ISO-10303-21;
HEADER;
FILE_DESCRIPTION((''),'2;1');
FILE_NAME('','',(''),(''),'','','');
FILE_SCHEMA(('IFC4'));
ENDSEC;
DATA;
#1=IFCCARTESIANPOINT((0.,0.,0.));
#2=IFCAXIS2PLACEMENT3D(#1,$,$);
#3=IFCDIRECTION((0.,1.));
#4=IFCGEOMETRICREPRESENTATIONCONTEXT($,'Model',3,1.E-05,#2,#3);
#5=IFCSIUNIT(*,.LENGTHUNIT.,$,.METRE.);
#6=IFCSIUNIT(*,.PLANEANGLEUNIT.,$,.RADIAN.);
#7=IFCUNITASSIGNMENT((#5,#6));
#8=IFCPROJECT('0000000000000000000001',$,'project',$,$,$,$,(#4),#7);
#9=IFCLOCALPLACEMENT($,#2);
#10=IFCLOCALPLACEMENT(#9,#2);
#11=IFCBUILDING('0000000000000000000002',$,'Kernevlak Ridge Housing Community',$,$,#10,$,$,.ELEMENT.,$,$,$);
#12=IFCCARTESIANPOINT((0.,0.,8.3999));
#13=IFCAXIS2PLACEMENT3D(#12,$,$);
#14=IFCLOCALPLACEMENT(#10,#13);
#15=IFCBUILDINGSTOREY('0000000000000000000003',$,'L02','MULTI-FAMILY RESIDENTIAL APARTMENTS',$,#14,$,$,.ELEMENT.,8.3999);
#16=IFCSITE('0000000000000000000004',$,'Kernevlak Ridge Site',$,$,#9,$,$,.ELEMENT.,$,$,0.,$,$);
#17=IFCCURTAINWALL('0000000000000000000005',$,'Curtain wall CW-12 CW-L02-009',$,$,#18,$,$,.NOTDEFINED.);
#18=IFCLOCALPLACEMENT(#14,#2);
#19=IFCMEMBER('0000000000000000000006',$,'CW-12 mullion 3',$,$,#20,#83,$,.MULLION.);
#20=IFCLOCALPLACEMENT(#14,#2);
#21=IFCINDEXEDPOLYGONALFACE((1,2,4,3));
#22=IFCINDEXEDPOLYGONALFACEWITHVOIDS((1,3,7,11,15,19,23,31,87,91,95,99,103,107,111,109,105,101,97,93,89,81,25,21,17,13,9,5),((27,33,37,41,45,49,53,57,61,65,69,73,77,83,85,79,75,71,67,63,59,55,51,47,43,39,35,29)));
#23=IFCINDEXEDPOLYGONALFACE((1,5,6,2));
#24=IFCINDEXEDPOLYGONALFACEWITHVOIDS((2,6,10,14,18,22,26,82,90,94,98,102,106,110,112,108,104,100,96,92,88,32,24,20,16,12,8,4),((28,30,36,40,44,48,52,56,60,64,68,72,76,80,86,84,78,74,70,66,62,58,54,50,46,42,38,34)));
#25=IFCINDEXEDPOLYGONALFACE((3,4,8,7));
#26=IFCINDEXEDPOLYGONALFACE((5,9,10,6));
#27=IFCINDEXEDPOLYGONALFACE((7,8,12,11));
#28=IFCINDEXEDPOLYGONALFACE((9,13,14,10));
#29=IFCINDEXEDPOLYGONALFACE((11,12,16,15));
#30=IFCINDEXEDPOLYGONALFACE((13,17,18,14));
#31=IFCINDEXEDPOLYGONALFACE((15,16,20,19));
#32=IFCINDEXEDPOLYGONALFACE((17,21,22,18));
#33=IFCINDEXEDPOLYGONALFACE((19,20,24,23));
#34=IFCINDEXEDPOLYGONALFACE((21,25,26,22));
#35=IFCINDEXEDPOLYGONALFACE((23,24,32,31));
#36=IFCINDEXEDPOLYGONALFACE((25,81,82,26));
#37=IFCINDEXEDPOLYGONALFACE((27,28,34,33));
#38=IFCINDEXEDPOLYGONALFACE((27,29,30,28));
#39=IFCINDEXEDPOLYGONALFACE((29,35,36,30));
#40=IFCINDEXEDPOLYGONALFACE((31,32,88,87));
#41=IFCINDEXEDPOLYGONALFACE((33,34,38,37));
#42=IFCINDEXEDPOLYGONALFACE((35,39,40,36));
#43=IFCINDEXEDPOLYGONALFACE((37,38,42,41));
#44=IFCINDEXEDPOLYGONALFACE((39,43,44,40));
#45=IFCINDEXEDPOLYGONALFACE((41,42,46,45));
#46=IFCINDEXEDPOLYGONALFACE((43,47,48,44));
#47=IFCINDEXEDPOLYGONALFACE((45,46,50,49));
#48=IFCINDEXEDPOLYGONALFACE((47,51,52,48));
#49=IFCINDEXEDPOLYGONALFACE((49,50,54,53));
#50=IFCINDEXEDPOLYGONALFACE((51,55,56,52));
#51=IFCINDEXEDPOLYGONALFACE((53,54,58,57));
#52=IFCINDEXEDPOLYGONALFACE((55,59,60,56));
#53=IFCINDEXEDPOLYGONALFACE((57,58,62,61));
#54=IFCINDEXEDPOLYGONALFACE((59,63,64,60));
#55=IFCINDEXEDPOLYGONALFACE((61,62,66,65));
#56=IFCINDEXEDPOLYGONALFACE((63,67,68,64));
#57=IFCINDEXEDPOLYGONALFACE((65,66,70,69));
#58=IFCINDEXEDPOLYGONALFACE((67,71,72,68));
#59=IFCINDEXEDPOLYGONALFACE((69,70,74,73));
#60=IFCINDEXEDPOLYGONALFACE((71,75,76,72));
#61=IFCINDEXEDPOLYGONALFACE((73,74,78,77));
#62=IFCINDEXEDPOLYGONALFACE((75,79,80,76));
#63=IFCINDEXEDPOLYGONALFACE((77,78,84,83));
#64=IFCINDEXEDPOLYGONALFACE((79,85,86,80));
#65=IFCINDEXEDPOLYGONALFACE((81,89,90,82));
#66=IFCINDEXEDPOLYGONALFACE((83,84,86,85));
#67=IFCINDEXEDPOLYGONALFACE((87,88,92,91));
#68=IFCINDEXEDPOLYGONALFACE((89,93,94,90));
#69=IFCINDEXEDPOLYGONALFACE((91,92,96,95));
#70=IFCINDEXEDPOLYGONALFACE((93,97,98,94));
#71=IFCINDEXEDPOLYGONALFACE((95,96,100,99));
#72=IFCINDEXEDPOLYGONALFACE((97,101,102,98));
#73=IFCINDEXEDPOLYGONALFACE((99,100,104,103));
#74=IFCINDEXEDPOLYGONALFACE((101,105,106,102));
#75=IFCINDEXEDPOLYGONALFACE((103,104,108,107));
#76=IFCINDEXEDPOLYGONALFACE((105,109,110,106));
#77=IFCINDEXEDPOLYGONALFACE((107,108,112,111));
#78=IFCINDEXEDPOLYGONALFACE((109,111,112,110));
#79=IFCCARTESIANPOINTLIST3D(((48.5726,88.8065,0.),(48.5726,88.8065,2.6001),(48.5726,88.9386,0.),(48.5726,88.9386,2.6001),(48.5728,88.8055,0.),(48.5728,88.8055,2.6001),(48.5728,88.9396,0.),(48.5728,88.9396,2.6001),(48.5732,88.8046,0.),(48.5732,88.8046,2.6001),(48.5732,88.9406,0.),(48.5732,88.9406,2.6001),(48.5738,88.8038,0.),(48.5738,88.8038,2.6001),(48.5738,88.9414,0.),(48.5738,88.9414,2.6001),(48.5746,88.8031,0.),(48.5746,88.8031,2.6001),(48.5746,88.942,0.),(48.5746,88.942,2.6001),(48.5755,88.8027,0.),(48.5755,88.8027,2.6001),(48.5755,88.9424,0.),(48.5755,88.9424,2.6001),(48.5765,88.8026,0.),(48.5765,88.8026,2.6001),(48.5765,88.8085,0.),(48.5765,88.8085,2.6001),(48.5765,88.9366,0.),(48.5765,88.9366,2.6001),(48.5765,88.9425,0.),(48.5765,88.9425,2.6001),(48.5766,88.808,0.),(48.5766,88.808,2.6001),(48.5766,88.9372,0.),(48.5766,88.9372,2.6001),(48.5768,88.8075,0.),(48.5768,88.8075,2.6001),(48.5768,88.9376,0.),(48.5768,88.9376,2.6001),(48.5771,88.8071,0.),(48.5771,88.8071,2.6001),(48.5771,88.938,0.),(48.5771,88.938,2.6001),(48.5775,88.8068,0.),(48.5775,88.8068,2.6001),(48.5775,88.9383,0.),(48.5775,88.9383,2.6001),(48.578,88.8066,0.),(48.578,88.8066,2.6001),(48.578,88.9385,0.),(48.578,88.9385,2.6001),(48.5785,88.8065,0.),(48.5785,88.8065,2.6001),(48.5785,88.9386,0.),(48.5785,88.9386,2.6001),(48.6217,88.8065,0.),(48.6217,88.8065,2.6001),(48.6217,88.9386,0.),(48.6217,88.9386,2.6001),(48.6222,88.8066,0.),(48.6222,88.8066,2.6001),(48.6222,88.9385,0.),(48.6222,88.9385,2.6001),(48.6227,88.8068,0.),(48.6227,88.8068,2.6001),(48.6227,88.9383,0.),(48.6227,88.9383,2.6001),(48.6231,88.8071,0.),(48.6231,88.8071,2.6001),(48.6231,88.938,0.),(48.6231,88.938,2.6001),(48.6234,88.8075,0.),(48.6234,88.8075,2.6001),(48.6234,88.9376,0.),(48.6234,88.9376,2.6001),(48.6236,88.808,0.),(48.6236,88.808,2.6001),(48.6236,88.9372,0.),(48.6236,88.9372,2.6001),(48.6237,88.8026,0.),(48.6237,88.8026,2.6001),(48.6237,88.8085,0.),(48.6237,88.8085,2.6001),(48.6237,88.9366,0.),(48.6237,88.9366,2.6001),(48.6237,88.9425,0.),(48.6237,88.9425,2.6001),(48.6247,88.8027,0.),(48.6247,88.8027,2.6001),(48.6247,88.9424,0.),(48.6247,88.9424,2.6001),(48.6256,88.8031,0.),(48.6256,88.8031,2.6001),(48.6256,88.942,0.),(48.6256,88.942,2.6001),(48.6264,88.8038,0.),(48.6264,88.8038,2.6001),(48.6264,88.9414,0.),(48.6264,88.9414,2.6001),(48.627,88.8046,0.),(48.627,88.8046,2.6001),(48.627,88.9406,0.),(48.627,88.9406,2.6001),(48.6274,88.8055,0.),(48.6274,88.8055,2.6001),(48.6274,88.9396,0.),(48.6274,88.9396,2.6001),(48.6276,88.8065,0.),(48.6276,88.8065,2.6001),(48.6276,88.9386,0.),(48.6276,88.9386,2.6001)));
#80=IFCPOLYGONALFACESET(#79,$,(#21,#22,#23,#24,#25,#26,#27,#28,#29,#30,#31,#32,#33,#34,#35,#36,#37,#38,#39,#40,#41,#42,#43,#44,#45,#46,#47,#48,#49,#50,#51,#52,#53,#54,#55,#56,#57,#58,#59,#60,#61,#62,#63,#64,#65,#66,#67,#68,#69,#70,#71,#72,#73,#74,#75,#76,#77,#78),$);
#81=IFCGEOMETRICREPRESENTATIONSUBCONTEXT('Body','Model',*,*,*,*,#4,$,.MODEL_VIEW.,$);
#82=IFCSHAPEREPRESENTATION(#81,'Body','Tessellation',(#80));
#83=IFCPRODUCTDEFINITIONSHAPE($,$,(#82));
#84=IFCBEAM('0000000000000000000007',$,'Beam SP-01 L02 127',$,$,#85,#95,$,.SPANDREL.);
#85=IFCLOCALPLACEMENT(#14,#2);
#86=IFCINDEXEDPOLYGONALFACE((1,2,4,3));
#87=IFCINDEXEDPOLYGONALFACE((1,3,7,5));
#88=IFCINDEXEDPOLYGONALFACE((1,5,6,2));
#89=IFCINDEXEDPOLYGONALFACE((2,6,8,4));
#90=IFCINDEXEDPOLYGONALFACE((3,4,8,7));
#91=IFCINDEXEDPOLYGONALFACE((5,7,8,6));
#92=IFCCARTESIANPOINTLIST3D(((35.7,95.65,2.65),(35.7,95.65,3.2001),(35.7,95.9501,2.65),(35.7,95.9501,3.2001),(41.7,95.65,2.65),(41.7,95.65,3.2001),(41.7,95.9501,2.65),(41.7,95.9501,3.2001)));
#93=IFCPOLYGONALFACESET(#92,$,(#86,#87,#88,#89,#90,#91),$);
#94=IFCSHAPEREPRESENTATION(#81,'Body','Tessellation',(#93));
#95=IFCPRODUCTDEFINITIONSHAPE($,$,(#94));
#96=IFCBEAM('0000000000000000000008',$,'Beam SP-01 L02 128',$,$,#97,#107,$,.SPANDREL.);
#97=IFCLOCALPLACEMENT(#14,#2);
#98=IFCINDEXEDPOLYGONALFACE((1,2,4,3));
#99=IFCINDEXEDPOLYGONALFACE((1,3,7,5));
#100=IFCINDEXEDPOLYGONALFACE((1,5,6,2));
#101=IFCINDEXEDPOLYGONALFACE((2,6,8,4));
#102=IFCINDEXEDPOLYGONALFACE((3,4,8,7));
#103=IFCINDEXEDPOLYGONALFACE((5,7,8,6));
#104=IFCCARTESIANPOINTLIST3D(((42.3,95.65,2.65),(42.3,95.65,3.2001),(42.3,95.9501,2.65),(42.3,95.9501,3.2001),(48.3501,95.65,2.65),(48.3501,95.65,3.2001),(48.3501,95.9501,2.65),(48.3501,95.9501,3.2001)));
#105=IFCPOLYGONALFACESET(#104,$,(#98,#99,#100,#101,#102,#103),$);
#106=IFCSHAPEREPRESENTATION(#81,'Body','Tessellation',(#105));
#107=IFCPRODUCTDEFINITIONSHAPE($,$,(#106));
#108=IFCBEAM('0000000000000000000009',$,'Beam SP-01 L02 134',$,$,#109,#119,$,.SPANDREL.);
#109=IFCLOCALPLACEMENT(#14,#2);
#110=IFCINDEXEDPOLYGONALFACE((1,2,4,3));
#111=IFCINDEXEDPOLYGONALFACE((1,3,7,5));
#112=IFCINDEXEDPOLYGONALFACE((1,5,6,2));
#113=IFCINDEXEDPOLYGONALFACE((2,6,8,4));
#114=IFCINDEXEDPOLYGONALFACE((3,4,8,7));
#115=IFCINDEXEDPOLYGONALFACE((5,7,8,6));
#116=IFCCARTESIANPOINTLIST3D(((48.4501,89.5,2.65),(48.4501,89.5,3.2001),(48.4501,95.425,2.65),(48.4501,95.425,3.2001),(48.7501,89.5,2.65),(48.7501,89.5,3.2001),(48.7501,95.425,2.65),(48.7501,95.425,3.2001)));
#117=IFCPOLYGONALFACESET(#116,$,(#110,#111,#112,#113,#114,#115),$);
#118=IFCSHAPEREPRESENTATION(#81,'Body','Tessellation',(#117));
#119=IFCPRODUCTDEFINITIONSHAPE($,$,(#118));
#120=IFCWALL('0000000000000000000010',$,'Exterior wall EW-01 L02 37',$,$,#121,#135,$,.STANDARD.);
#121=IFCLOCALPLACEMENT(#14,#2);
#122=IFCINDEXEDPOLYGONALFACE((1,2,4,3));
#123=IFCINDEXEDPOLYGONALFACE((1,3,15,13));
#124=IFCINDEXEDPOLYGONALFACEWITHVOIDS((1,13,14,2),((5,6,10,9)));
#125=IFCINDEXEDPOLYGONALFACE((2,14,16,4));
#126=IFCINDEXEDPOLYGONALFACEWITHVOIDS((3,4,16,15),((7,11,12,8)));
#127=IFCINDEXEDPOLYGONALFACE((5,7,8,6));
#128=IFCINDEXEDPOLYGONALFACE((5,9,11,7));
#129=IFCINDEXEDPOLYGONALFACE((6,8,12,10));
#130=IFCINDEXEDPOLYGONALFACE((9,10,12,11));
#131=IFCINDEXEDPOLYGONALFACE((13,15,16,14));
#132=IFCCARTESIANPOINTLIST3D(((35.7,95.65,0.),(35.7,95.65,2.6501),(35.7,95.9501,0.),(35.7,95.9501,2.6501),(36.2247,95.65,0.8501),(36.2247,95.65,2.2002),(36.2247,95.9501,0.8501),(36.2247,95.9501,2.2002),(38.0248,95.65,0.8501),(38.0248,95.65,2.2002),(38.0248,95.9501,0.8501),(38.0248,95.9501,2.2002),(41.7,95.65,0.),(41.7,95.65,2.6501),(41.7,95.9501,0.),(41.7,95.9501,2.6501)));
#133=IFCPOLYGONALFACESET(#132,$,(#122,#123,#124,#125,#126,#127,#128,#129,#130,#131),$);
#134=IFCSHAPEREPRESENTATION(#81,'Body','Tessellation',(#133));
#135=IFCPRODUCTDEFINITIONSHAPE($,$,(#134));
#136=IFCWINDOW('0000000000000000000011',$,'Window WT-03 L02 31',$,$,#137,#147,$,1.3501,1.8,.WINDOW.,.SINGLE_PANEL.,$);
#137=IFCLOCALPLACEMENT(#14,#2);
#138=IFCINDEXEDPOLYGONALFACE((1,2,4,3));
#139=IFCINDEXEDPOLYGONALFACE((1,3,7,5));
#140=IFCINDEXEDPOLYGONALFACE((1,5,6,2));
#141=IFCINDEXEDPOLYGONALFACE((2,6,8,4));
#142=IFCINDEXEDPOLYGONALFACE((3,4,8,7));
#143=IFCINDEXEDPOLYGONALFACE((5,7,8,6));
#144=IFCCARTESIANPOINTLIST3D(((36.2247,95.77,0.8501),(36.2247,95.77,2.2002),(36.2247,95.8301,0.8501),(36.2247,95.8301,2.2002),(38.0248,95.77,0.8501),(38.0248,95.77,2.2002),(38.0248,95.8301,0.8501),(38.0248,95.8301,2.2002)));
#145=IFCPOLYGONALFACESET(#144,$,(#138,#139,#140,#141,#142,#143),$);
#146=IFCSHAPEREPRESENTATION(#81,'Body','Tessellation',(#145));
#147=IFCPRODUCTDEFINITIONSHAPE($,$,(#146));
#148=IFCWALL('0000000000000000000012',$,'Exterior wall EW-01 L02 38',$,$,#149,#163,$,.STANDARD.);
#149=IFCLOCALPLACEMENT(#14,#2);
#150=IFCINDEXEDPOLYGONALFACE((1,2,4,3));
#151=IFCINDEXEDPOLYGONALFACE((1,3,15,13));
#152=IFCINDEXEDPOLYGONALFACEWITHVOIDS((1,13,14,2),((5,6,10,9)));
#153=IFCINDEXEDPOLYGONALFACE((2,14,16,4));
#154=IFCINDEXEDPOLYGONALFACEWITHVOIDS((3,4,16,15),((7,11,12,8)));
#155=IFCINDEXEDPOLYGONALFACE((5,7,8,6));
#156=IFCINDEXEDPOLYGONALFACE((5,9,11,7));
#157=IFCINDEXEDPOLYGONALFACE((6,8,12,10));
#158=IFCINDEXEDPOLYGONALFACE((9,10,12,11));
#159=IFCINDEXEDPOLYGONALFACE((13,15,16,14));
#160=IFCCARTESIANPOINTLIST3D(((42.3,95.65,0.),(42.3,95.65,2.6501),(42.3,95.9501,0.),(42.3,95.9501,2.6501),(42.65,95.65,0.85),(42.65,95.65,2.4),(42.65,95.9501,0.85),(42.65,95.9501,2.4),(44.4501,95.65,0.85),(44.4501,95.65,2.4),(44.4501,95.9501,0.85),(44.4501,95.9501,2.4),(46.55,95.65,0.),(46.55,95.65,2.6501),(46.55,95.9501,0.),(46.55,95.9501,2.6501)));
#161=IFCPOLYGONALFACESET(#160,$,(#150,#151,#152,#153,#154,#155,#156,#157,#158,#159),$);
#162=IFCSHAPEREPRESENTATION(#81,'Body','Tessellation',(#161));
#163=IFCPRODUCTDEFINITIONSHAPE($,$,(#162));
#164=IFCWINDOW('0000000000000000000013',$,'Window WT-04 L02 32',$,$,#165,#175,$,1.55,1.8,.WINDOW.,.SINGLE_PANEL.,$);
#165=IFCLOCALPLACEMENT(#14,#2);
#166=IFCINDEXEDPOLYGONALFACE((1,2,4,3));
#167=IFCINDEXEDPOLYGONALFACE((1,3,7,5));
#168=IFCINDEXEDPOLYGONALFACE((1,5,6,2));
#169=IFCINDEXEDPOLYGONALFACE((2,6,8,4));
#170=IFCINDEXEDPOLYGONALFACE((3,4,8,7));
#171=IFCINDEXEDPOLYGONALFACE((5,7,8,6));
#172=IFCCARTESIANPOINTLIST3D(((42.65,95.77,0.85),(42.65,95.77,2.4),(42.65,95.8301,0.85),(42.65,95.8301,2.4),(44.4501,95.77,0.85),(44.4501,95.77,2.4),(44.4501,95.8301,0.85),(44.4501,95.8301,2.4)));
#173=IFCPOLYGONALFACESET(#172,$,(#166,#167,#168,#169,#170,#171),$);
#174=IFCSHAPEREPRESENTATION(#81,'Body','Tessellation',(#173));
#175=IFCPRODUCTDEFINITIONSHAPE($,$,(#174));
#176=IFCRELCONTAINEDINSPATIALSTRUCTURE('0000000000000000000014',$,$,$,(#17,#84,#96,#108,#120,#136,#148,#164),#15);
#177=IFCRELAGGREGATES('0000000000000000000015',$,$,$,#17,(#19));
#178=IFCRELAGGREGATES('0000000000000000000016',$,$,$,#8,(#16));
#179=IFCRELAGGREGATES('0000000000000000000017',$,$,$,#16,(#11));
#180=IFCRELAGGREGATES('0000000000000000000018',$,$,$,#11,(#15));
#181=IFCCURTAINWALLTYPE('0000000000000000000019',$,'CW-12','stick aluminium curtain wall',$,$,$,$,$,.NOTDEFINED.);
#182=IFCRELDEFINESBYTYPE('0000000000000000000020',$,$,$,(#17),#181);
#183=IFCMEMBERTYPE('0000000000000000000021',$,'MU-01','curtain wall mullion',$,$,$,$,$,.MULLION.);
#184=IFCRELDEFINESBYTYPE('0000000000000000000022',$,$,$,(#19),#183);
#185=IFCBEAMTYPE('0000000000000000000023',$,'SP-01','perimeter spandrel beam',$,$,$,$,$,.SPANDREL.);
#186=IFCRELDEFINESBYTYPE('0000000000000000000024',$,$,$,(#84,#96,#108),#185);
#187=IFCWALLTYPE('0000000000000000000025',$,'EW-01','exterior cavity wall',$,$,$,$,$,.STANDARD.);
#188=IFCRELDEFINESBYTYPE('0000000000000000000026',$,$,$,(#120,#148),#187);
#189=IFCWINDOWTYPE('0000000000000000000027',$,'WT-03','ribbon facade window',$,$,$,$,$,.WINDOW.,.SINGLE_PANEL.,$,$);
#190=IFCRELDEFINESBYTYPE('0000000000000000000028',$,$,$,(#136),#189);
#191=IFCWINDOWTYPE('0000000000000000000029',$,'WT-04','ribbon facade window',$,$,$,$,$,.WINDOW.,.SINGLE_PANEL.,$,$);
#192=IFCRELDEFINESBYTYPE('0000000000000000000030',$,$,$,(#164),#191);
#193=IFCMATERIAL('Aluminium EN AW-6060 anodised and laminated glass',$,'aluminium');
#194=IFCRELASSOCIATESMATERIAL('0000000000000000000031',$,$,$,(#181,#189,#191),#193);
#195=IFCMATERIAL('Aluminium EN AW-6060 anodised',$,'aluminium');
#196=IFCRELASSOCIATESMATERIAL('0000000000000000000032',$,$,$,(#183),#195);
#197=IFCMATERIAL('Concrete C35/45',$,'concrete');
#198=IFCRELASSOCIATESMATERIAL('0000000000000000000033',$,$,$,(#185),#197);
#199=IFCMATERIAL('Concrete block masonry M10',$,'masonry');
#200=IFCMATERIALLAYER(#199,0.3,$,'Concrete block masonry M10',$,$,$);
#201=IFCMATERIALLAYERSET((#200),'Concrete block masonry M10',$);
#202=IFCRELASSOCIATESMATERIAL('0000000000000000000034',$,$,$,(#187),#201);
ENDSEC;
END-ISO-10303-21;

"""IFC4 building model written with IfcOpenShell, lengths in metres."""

from ifc_helpers import new_model, si_unit, direction, frame, frame_2d, origin, origin_2d, place, context, subcontext, project, spatial, rectangle, hollow_rectangle, extrude, material, layer, layer_set, material_profile, profile_set, type_object, element, fill, aggregate, save


model = new_model("IFC4")

# Units and contexts
model_context = context("Model", 3, precision=1e-05, world=origin(), true_north=direction((0.0, 1.0)))
body_context = subcontext(model_context, "Body", "Model", "MODEL_VIEW")
ifc_project = project(units=[si_unit("LENGTHUNIT", "METRE"), si_unit("PLANEANGLEUNIT", "RADIAN")], contexts=[model_context])

# Site, building, storey
site_placement = place(None, origin())
site = spatial("IfcSite", under=ifc_project, at=site_placement, Name="Kernevlak Ridge Site", CompositionType="ELEMENT", RefElevation=0.0)
building_placement = place(site_placement, origin())
building = spatial("IfcBuilding", under=site, at=building_placement, Name="Kernevlak Ridge Housing Community", CompositionType="ELEMENT")
storey_placement = place(building_placement, frame((0.0, 0.0, 8.3999)))
storey = spatial("IfcBuildingStorey", under=building, at=storey_placement, Name="L02", Description="MULTI-FAMILY RESIDENTIAL APARTMENTS", CompositionType="ELEMENT", Elevation=8.3999)

# Shared definitions
ifc_material_1 = material(Name="Concrete C35/45", Category="concrete")

# Curtain wall, member
ifc_material_2 = material(Name="Aluminium EN AW-6060 anodised and laminated glass", Category="aluminium")
curtain_wall_type = type_object("IfcCurtainWallType", Name="CW-12", Description="stick aluminium curtain wall", PredefinedType="NOTDEFINED", material=ifc_material_2)
curtain_wall_placement = place(storey_placement, origin())
curtain_wall = element("IfcCurtainWall", 1, at=curtain_wall_placement, inside=storey, type_object=curtain_wall_type, Name="Curtain wall CW-12 CW-L02-009", PredefinedType="NOTDEFINED")
ifc_material_3 = material(Name="Aluminium EN AW-6060 anodised", Category="aluminium")
ifc_material_profile_1 = material_profile(ifc_material_3, hollow_rectangle(XDim=0.0549, YDim=0.1399, WallThickness=0.0039, InnerFilletRadius=0.002, OuterFilletRadius=0.0039, at=origin_2d()), Name="ALU 55x140x4")
ifc_profile_set_1 = profile_set([ifc_material_profile_1], Name="Aluminium EN AW-6060 anodised")
member_type = type_object("IfcMemberType", Name="MU-01", Description="curtain wall mullion", PredefinedType="MULLION", material=ifc_profile_set_1)
member_1_placement = place(storey_placement, frame((48.6001, 88.8726, 0.0), z_axis=(0.0, 0.0, 1.0), x_axis=(-1.0, 0.0, 0.0)))
member_1 = element("IfcMember", 2, at=member_1_placement, type_object=member_type, Name="CW-12 mullion 3", PredefinedType="MULLION", context=body_context, shape_type="SweptSolid", body=[
    extrude(hollow_rectangle(XDim=0.0549, YDim=0.1399, WallThickness=0.0039, InnerFilletRadius=0.002, OuterFilletRadius=0.0039, at=origin_2d()), origin(), (0.0, 0.0, 1.0), 2.6001),
])
aggregate(curtain_wall, [member_1])

# Beams
ifc_material_profile_2 = material_profile(ifc_material_1, rectangle(XDim=0.3, YDim=0.55, at=origin_2d()), Name="RC 300x550")
ifc_profile_set_2 = profile_set([ifc_material_profile_2], Name="Concrete C35/45")
beam_type_1 = type_object("IfcBeamType", Name="SP-01", Description="perimeter spandrel beam", PredefinedType="SPANDREL", material=ifc_profile_set_2)
beam_1_placement = place(storey_placement, frame((35.7, 95.8, 2.925), z_axis=(1.0, 0.0, 0.0), x_axis=(0.0, 1.0, 0.0)))
element("IfcBeam", 3, at=beam_1_placement, inside=storey, type_object=beam_type_1, Name="Beam SP-01 L02 127", PredefinedType="SPANDREL", context=body_context, shape_type="SweptSolid", body=[
    extrude(rectangle(XDim=0.3, YDim=0.55, at=origin_2d()), origin(), (0.0, 0.0, 1.0), 6.0),
])
beam_2_placement = place(storey_placement, frame((42.3, 95.8, 2.925), z_axis=(1.0, 0.0, 0.0), x_axis=(0.0, 1.0, 0.0)))
element("IfcBeam", 4, at=beam_2_placement, inside=storey, type_object=beam_type_1, Name="Beam SP-01 L02 128", PredefinedType="SPANDREL", context=body_context, shape_type="SweptSolid", body=[
    extrude(rectangle(XDim=0.3, YDim=0.55, at=origin_2d()), origin(), (0.0, 0.0, 1.0), 6.05),
])
beam_3_placement = place(storey_placement, frame((48.6001, 89.5, 2.925), z_axis=(0.0, 1.0, 0.0), x_axis=(-1.0, 0.0, 0.0)))
element("IfcBeam", 5, at=beam_3_placement, inside=storey, type_object=beam_type_1, Name="Beam SP-01 L02 134", PredefinedType="SPANDREL", context=body_context, shape_type="SweptSolid", body=[
    extrude(rectangle(XDim=0.3, YDim=0.55, at=origin_2d()), origin(), (0.0, 0.0, 1.0), 5.925),
])

# Walls, openings, windows
ifc_material_4 = material(Name="Concrete block masonry M10", Category="masonry")
ifc_layer_1 = layer(ifc_material_4, 0.3, Name="Concrete block masonry M10")
ifc_layer_set_1 = layer_set([ifc_layer_1], Name="Concrete block masonry M10")
wall_type_1 = type_object("IfcWallType", Name="EW-01", Description="exterior cavity wall", PredefinedType="STANDARD", material=ifc_layer_set_1)
wall_1_placement = place(storey_placement, frame((35.7, 95.8, 0.0), z_axis=(0.0, 0.0, 1.0), x_axis=(1.0, 0.0, 0.0)))
wall_1 = element("IfcWall", 6, at=wall_1_placement, inside=storey, type_object=wall_type_1, Name="Exterior wall EW-01 L02 37", PredefinedType="STANDARD", context=body_context, shape_type="SweptSolid", body=[
    extrude(rectangle(XDim=6.0, YDim=0.3, at=frame_2d((3.0, 0.0))), origin(), (0.0, 0.0, 1.0), 2.6501),
])
opening_1_placement = place(wall_1_placement, frame((0.5249, 0.0, 0.8501)))
opening_1 = element("IfcOpeningElement", 7, at=opening_1_placement, cuts=wall_1, PredefinedType="OPENING", context=body_context, shape_type="SweptSolid", body=[
    extrude(rectangle(XDim=1.8, YDim=1.3501, at=frame_2d((0.8999, 0.675))), frame((0.0, 0.1599, 0.0), z_axis=(0.0, -1.0, 0.0), x_axis=(1.0, 0.0, 0.0)), (0.0, 0.0, 1.0), 0.3201),
])
window_type_1 = type_object("IfcWindowType", Name="WT-03", Description="ribbon facade window", PartitioningType="SINGLE_PANEL", PredefinedType="WINDOW", material=ifc_material_2)
window_1_placement = place(opening_1_placement, origin())
window_1 = element("IfcWindow", 8, at=window_1_placement, inside=storey, type_object=window_type_1, Name="Window WT-03 L02 31", OverallHeight=1.3501, OverallWidth=1.8, PartitioningType="SINGLE_PANEL", PredefinedType="WINDOW", context=body_context, shape_type="SweptSolid", body=[
    extrude(rectangle(XDim=1.8, YDim=1.3501, at=frame_2d((0.8999, 0.675))), frame((0.0, 0.03, 0.0), z_axis=(0.0, -1.0, 0.0), x_axis=(1.0, 0.0, 0.0)), (0.0, 0.0, 1.0), 0.0601),
])
fill(opening_1, window_1)
wall_2_placement = place(storey_placement, frame((42.3, 95.8, 0.0), z_axis=(0.0, 0.0, 1.0), x_axis=(1.0, 0.0, 0.0)))
wall_2 = element("IfcWall", 9, at=wall_2_placement, inside=storey, type_object=wall_type_1, Name="Exterior wall EW-01 L02 38", PredefinedType="STANDARD", context=body_context, shape_type="SweptSolid", body=[
    extrude(rectangle(XDim=4.25, YDim=0.3, at=frame_2d((2.125, 0.0))), origin(), (0.0, 0.0, 1.0), 2.6501),
])
opening_2_placement = place(wall_2_placement, frame((0.3501, 0.0, 0.8501)))
opening_2 = element("IfcOpeningElement", 10, at=opening_2_placement, cuts=wall_2, PredefinedType="OPENING", context=body_context, shape_type="SweptSolid", body=[
    extrude(rectangle(XDim=1.8, YDim=1.55, at=frame_2d((0.8999, 0.7749))), frame((0.0, 0.1599, 0.0), z_axis=(0.0, -1.0, 0.0), x_axis=(1.0, 0.0, 0.0)), (0.0, 0.0, 1.0), 0.3201),
])
window_type_2 = type_object("IfcWindowType", Name="WT-04", Description="ribbon facade window", PartitioningType="SINGLE_PANEL", PredefinedType="WINDOW", material=ifc_material_2)
window_2_placement = place(opening_2_placement, origin())
window_2 = element("IfcWindow", 11, at=window_2_placement, inside=storey, type_object=window_type_2, Name="Window WT-04 L02 32", OverallHeight=1.55, OverallWidth=1.8, PartitioningType="SINGLE_PANEL", PredefinedType="WINDOW", context=body_context, shape_type="SweptSolid", body=[
    extrude(rectangle(XDim=1.8, YDim=1.55, at=frame_2d((0.8999, 0.7749))), frame((0.0, 0.03, 0.0), z_axis=(0.0, -1.0, 0.0), x_axis=(1.0, 0.0, 0.0)), (0.0, 0.0, 1.0), 0.0601),
])
fill(opening_2, window_2)

save(model, "model.ifc")
